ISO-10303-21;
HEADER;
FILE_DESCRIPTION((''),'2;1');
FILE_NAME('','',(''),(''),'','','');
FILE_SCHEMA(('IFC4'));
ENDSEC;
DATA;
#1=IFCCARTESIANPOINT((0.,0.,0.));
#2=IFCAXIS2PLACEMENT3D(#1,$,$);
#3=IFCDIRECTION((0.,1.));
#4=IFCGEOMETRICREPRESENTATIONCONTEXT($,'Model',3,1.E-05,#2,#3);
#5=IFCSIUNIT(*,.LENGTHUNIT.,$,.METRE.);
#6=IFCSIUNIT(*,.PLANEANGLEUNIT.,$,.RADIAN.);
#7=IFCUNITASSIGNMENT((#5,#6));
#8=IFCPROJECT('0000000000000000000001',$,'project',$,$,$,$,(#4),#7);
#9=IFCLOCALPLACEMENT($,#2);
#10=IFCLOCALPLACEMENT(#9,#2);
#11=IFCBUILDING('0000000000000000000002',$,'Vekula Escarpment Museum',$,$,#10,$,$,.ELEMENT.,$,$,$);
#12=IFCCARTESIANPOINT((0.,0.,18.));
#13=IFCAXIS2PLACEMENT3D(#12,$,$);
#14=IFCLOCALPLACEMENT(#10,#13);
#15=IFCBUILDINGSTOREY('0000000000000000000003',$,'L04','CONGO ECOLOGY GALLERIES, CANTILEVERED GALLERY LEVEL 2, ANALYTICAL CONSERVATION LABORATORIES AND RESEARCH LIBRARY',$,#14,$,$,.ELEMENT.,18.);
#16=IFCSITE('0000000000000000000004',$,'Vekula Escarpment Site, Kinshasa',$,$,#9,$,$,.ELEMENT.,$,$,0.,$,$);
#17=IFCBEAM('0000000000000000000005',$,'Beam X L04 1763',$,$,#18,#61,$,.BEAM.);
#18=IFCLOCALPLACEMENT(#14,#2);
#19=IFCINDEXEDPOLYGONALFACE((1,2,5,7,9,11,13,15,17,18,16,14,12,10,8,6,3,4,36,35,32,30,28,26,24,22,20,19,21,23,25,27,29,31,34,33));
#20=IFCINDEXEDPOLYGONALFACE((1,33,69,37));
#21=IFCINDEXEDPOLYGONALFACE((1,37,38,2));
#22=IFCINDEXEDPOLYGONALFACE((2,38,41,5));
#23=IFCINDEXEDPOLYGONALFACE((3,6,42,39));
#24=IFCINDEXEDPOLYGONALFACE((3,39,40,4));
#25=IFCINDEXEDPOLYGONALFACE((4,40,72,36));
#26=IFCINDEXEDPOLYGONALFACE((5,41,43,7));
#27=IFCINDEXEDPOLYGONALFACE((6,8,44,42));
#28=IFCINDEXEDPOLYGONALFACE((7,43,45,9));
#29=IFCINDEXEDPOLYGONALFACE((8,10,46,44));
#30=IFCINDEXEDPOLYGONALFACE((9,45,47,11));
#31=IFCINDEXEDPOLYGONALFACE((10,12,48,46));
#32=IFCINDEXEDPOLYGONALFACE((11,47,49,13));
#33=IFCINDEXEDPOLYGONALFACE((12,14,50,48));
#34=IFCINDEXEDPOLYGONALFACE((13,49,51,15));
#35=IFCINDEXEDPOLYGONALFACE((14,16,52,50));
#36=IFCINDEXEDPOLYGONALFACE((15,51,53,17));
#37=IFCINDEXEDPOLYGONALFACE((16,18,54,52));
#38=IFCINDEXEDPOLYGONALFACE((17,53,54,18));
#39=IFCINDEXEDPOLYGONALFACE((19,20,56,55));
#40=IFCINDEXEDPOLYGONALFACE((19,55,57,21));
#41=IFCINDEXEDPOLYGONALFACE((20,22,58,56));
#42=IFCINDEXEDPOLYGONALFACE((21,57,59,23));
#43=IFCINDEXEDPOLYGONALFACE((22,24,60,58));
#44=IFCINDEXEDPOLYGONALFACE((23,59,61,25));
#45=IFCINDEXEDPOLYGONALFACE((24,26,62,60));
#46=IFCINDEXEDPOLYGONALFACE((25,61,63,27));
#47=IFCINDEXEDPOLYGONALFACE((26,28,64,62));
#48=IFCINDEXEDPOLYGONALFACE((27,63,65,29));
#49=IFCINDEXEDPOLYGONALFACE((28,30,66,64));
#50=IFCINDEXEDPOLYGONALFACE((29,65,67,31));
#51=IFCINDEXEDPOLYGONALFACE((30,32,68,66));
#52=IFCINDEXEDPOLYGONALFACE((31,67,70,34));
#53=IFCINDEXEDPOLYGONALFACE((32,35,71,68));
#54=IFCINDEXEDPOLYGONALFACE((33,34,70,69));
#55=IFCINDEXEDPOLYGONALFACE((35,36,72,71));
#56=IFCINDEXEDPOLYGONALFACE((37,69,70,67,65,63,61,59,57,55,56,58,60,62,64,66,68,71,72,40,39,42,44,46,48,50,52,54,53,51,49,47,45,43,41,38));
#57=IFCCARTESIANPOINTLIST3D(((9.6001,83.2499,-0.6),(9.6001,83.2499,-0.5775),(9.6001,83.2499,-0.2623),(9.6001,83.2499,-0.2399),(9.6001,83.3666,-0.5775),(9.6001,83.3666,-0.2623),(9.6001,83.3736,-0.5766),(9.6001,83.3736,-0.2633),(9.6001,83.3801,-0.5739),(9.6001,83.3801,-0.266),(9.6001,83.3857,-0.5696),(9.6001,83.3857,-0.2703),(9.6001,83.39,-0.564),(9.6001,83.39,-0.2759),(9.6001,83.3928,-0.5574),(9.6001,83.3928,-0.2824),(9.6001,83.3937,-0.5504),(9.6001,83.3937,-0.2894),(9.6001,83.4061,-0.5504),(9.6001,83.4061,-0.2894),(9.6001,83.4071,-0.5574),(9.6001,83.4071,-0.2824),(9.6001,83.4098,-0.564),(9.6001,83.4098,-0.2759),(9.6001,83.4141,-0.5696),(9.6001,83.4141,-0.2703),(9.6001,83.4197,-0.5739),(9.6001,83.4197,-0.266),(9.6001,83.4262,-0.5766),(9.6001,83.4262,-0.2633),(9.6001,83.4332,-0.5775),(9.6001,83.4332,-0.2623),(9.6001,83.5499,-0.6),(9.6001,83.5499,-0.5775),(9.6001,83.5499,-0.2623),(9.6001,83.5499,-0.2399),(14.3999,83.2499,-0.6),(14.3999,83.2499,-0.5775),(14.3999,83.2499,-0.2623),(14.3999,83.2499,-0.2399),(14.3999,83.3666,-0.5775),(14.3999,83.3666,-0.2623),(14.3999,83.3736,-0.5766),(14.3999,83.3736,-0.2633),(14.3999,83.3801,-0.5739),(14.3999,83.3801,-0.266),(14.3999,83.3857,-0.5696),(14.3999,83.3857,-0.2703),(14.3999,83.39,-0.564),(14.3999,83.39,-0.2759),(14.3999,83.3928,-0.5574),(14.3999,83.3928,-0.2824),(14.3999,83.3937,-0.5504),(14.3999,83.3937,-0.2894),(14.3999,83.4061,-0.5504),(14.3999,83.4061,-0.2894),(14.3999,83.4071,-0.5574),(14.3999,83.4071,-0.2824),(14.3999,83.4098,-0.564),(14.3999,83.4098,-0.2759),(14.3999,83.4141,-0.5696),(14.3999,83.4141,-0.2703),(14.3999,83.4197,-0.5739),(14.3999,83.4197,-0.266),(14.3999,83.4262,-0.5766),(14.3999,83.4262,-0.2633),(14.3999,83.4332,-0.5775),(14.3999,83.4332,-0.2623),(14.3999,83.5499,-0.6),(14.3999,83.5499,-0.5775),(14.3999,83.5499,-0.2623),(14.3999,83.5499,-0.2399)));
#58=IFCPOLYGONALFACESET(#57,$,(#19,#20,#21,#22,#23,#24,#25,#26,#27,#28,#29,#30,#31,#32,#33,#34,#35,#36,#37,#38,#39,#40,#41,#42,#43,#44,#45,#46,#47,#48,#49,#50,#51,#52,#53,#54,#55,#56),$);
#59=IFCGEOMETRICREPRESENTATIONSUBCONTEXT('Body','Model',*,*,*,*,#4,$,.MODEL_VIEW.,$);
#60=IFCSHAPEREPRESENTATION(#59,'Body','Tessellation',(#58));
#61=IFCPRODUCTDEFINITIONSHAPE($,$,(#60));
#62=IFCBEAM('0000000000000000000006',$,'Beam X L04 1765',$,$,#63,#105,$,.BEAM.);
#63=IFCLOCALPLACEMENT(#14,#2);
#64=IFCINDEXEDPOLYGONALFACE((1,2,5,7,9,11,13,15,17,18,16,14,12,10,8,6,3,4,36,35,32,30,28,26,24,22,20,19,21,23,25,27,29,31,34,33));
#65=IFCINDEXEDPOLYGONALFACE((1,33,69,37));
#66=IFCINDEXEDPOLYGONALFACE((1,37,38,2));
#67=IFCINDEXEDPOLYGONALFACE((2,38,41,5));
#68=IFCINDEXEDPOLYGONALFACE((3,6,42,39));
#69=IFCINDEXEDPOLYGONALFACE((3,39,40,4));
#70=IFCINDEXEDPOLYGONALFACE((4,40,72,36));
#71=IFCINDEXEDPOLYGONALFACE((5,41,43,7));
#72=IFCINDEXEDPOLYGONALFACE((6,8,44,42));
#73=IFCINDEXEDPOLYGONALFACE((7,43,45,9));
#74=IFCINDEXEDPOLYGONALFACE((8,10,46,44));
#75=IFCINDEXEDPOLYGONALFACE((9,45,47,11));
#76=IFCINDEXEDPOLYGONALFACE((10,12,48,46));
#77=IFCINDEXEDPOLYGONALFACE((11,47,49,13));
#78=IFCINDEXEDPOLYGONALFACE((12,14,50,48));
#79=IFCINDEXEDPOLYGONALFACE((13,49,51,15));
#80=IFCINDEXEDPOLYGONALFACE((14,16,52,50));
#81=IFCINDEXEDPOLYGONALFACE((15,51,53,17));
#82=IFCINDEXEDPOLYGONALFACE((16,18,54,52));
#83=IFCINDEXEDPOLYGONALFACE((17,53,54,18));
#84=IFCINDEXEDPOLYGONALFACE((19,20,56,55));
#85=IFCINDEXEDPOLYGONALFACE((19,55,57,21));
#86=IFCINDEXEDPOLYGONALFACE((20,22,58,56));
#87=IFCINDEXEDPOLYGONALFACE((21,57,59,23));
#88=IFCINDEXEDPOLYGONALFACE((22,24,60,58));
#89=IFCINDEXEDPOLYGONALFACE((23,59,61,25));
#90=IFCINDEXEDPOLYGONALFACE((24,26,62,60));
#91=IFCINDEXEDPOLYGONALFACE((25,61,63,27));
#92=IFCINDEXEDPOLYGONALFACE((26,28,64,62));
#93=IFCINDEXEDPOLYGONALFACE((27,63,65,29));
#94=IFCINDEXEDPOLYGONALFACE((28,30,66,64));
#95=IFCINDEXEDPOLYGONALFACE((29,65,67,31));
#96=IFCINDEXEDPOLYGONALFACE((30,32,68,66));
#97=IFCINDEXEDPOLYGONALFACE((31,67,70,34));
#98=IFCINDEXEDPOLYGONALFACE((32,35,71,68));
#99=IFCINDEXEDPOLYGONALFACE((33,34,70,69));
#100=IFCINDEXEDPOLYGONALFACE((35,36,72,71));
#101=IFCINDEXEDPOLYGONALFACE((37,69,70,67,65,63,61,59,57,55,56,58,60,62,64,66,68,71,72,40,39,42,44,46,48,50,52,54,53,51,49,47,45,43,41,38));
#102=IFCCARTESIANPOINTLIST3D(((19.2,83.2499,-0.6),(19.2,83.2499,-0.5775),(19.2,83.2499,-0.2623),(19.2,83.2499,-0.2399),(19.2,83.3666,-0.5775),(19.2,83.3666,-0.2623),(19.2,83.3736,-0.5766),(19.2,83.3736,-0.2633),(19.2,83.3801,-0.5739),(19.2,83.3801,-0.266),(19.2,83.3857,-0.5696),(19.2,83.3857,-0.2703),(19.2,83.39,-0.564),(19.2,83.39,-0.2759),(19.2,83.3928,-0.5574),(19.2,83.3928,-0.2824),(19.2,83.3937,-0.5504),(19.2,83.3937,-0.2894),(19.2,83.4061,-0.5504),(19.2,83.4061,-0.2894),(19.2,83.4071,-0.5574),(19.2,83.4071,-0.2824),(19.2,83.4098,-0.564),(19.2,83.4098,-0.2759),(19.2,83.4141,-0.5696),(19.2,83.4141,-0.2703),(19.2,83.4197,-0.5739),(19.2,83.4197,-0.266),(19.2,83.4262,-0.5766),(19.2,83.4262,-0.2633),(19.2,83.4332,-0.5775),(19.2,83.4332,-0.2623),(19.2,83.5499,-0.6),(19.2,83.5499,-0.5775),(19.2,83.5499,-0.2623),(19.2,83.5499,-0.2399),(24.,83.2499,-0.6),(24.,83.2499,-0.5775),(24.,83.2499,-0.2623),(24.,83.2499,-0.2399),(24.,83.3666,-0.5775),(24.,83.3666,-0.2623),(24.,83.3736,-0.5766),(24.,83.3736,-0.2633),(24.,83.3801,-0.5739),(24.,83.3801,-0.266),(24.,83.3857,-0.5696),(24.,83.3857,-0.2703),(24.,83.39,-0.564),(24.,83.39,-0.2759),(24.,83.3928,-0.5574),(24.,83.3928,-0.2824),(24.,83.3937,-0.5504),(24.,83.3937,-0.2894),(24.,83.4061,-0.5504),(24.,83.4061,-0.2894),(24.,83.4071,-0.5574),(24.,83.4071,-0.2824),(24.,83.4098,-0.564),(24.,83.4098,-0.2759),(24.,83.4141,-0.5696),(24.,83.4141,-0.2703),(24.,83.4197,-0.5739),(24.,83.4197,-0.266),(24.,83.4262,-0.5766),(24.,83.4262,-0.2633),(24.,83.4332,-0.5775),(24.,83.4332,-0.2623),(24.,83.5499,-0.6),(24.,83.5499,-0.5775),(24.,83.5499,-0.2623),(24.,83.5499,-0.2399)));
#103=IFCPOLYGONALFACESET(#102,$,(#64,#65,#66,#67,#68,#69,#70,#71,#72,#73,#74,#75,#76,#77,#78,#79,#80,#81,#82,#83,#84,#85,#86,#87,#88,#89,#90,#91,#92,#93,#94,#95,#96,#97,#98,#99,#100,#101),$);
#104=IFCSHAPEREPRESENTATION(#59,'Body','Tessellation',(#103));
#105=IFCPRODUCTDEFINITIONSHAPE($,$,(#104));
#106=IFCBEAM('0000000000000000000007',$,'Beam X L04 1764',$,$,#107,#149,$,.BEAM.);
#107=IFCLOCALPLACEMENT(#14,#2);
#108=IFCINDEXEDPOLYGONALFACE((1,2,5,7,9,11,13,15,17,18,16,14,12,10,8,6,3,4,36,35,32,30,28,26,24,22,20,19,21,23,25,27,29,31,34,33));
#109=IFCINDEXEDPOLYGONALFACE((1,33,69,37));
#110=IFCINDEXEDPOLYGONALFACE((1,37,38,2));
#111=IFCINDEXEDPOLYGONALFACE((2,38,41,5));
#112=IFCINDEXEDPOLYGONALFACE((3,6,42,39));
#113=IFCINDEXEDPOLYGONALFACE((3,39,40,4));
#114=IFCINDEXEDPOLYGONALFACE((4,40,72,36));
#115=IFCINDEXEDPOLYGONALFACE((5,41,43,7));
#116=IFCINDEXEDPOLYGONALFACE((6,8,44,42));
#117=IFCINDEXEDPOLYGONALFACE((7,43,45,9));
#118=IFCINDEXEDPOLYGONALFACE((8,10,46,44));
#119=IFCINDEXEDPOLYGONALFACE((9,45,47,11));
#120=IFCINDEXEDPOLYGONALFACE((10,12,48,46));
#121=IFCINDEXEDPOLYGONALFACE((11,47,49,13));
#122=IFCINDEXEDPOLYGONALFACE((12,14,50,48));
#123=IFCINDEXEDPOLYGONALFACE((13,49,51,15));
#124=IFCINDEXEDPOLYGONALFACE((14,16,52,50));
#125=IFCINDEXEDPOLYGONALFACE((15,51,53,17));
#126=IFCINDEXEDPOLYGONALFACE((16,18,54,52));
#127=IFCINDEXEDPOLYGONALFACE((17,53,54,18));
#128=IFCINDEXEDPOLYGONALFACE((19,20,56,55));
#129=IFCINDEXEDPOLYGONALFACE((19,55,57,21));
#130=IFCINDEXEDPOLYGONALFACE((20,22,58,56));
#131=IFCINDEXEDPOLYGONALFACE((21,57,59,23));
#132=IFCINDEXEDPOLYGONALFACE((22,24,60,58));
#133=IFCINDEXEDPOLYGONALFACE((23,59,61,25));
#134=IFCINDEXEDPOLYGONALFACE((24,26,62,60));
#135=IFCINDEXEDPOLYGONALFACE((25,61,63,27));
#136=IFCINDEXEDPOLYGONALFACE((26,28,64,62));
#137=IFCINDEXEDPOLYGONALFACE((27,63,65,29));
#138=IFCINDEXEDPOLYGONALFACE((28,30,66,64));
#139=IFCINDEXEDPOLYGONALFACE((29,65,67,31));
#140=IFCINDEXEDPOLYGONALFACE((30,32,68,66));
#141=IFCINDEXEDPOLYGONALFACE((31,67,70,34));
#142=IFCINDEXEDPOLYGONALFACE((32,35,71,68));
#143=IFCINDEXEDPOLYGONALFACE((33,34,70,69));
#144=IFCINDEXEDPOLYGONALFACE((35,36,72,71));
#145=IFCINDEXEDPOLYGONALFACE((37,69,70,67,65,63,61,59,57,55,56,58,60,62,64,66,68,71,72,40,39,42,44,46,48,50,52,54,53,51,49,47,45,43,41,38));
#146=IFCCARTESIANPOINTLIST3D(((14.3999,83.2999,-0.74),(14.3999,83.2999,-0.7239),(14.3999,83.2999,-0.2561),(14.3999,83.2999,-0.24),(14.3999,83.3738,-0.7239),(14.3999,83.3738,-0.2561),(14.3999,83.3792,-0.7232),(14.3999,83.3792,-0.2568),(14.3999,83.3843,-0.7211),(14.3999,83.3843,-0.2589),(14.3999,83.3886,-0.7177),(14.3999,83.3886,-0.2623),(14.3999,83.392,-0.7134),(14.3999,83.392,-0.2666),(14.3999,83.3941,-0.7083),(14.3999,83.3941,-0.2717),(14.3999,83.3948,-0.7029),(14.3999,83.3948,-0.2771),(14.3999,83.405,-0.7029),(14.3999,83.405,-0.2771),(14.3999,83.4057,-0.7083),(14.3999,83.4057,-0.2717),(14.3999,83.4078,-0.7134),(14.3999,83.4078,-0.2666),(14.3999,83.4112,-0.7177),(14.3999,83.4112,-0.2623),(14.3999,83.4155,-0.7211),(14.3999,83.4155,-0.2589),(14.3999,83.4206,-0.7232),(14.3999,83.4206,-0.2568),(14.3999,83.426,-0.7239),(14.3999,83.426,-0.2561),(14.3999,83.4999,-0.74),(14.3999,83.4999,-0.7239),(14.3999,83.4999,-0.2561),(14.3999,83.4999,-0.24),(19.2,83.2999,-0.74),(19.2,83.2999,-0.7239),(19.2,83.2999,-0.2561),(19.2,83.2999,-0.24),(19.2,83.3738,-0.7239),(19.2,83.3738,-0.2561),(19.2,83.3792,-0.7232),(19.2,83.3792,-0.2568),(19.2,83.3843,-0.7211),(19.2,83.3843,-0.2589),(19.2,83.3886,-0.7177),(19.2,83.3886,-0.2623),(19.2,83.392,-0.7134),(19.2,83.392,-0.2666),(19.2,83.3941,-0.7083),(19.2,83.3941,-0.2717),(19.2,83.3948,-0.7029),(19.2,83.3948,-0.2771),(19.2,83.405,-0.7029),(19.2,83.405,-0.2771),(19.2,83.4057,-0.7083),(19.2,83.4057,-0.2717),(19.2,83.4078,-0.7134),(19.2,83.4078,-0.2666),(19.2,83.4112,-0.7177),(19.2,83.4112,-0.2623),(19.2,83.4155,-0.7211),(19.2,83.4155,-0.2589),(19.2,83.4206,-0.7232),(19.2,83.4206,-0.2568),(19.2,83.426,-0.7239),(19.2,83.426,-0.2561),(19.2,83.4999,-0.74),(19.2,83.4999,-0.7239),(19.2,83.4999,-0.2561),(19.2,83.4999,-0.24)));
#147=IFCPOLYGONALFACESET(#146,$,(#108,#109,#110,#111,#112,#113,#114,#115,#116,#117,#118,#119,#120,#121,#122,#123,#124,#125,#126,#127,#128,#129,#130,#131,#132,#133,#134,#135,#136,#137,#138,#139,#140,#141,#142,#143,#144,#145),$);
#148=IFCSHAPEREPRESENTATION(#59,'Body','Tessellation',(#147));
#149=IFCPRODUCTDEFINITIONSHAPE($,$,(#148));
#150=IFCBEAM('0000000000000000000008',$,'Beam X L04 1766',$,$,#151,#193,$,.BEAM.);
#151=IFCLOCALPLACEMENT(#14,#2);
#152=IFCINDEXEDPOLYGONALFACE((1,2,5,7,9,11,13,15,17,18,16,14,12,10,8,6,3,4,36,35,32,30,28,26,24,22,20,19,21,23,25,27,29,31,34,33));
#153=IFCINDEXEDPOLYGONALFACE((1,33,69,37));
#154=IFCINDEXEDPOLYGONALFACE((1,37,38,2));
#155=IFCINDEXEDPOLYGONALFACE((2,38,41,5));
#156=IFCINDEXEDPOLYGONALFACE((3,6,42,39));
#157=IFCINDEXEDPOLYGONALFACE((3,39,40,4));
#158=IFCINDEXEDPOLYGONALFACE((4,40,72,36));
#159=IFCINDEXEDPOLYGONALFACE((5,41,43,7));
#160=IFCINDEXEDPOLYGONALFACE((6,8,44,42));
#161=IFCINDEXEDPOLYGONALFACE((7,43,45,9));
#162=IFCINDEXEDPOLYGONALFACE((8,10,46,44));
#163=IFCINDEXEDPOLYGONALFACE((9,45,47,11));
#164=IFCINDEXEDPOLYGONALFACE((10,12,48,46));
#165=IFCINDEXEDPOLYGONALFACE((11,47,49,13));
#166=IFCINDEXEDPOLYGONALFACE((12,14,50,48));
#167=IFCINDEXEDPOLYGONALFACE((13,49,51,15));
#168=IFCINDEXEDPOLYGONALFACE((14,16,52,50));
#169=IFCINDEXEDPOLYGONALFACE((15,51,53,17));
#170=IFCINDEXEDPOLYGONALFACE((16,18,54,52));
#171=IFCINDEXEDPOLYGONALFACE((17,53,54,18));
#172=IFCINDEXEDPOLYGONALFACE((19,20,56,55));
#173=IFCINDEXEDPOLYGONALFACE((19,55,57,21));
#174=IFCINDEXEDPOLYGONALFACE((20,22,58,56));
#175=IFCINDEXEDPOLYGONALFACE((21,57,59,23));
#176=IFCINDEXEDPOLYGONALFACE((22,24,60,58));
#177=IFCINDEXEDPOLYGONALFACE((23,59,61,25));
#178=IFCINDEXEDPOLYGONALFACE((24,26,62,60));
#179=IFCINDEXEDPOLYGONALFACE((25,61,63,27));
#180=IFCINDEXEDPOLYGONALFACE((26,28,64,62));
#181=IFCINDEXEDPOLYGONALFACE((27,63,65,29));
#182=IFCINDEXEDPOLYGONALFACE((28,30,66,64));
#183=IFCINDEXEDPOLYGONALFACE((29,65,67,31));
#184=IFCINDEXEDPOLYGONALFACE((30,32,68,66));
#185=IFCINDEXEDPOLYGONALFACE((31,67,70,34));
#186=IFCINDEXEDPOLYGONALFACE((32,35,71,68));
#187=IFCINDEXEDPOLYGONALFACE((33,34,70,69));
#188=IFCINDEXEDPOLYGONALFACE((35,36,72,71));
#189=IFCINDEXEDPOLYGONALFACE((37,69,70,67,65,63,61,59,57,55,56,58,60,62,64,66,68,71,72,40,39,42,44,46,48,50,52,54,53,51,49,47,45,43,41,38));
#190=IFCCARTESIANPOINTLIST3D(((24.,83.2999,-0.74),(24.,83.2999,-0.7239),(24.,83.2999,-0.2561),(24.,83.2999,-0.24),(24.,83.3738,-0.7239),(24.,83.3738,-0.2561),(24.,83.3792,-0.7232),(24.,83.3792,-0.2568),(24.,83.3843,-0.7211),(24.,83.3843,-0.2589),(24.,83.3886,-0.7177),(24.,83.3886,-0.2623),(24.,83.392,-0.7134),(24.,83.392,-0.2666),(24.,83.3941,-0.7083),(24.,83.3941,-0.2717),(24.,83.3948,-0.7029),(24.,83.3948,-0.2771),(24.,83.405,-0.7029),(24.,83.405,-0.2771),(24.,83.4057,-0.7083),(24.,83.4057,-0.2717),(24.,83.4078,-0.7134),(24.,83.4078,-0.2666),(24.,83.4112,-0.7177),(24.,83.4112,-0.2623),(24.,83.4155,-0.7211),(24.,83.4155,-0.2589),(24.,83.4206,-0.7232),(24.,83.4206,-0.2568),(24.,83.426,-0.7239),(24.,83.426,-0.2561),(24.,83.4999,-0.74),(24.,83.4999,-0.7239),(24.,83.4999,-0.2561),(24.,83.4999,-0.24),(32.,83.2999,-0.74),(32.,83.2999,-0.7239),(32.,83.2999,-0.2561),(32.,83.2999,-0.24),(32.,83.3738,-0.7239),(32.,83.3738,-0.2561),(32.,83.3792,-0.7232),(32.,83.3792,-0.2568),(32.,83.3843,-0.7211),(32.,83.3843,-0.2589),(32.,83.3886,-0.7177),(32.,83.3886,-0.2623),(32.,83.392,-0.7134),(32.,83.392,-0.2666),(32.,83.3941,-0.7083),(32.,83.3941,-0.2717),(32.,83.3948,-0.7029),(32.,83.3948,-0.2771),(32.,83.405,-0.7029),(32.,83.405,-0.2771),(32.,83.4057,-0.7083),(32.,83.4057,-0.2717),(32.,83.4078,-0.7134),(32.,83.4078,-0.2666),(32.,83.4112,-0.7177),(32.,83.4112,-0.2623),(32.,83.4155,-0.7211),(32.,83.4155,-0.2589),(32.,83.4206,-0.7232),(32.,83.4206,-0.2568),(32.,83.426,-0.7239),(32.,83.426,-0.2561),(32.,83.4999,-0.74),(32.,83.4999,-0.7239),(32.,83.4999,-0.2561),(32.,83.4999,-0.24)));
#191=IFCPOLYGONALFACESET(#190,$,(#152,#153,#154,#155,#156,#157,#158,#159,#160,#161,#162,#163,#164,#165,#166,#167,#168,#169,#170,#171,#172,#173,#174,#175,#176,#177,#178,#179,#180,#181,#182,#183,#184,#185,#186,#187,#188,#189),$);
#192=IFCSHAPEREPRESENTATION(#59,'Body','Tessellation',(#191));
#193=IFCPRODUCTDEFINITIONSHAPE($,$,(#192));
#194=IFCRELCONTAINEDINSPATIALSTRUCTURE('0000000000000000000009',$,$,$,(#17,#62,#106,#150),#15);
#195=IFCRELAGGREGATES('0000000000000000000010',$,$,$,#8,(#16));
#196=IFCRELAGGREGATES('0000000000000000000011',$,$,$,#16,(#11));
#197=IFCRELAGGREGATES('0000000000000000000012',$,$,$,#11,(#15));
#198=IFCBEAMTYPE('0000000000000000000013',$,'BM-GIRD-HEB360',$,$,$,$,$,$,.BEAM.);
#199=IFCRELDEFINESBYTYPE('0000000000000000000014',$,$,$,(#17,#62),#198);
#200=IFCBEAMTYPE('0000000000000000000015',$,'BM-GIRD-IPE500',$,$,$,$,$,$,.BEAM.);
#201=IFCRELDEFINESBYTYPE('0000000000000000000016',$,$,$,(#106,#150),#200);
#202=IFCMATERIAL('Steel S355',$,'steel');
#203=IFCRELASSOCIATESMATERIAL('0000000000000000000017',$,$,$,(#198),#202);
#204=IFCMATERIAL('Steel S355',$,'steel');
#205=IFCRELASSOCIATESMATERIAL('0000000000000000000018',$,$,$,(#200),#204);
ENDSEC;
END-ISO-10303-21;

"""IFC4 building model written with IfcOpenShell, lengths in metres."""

from ifc_helpers import new_model, si_unit, direction, frame, origin, origin_2d, place, context, subcontext, project, spatial, i_section, extrude, material, material_profile, profile_set, type_object, element, save


model = new_model("IFC4")

# Units and contexts
model_context = context("Model", 3, precision=1e-05, world=origin(), true_north=direction((0.0, 1.0)))
body_context = subcontext(model_context, "Body", "Model", "MODEL_VIEW")
ifc_project = project(units=[si_unit("LENGTHUNIT", "METRE"), si_unit("PLANEANGLEUNIT", "RADIAN")], contexts=[model_context])

# Site, building, storey
site_placement = place(None, origin())
site = spatial("IfcSite", under=ifc_project, at=site_placement, Name="Vekula Escarpment Site, Kinshasa", CompositionType="ELEMENT", RefElevation=0.0)
building_placement = place(site_placement, origin())
building = spatial("IfcBuilding", under=site, at=building_placement, Name="Vekula Escarpment Museum", CompositionType="ELEMENT")
storey_placement = place(building_placement, frame((0.0, 0.0, 18.0)))
storey = spatial("IfcBuildingStorey", under=building, at=storey_placement, Name="L04", Description="CONGO ECOLOGY GALLERIES, CANTILEVERED GALLERY LEVEL 2, ANALYTICAL CONSERVATION LABORATORIES AND RESEARCH LIBRARY", CompositionType="ELEMENT", Elevation=18.0)

# Beams
ifc_material_1 = material(Name="Steel S355", Category="steel")
ifc_material_profile_1 = material_profile(ifc_material_1, i_section(OverallWidth=0.3, OverallDepth=0.3601, WebThickness=0.0125, FlangeThickness=0.0225, FilletRadius=0.0271, at=origin_2d()), Name="HEB 360")
ifc_profile_set_1 = profile_set([ifc_material_profile_1], Name="Steel S355")
beam_type_1 = type_object("IfcBeamType", Name="BM-GIRD-HEB360", PredefinedType="BEAM", material=ifc_profile_set_1)
beam_1_placement = place(storey_placement, frame((9.6001, 83.3999, -0.4199), z_axis=(1.0, 0.0, 0.0), x_axis=(0.0, 1.0, 0.0)))
element("IfcBeam", 1, at=beam_1_placement, inside=storey, type_object=beam_type_1, Name="Beam X L04 1763", PredefinedType="BEAM", context=body_context, shape_type="SweptSolid", body=[
    extrude(i_section(OverallWidth=0.3, OverallDepth=0.3601, WebThickness=0.0125, FlangeThickness=0.0225, FilletRadius=0.0271, at=origin_2d()), origin(), (0.0, 0.0, 1.0), 4.7998),
])
beam_2_placement = place(storey_placement, frame((19.2, 83.3999, -0.4199), z_axis=(1.0, 0.0, 0.0), x_axis=(0.0, 1.0, 0.0)))
element("IfcBeam", 2, at=beam_2_placement, inside=storey, type_object=beam_type_1, Name="Beam X L04 1765", PredefinedType="BEAM", context=body_context, shape_type="SweptSolid", body=[
    extrude(i_section(OverallWidth=0.3, OverallDepth=0.3601, WebThickness=0.0125, FlangeThickness=0.0225, FilletRadius=0.0271, at=origin_2d()), origin(), (0.0, 0.0, 1.0), 4.8),
])
ifc_material_2 = material(Name="Steel S355", Category="steel")
ifc_material_profile_2 = material_profile(ifc_material_2, i_section(OverallWidth=0.2, OverallDepth=0.5, WebThickness=0.0103, FlangeThickness=0.0161, FilletRadius=0.021, at=origin_2d()), Name="IPE 500")
ifc_profile_set_2 = profile_set([ifc_material_profile_2], Name="Steel S355")
beam_type_2 = type_object("IfcBeamType", Name="BM-GIRD-IPE500", PredefinedType="BEAM", material=ifc_profile_set_2)
beam_3_placement = place(storey_placement, frame((14.3999, 83.3999, -0.49), z_axis=(1.0, 0.0, 0.0), x_axis=(0.0, 1.0, 0.0)))
element("IfcBeam", 3, at=beam_3_placement, inside=storey, type_object=beam_type_2, Name="Beam X L04 1764", PredefinedType="BEAM", context=body_context, shape_type="SweptSolid", body=[
    extrude(i_section(OverallWidth=0.2, OverallDepth=0.5, WebThickness=0.0103, FlangeThickness=0.0161, FilletRadius=0.021, at=origin_2d()), origin(), (0.0, 0.0, 1.0), 4.8),
])
beam_4_placement = place(storey_placement, frame((24.0, 83.3999, -0.49), z_axis=(1.0, 0.0, 0.0), x_axis=(0.0, 1.0, 0.0)))
element("IfcBeam", 4, at=beam_4_placement, inside=storey, type_object=beam_type_2, Name="Beam X L04 1766", PredefinedType="BEAM", context=body_context, shape_type="SweptSolid", body=[
    extrude(i_section(OverallWidth=0.2, OverallDepth=0.5, WebThickness=0.0103, FlangeThickness=0.0161, FilletRadius=0.021, at=origin_2d()), origin(), (0.0, 0.0, 1.0), 8.0),
])

save(model, "model.ifc")
